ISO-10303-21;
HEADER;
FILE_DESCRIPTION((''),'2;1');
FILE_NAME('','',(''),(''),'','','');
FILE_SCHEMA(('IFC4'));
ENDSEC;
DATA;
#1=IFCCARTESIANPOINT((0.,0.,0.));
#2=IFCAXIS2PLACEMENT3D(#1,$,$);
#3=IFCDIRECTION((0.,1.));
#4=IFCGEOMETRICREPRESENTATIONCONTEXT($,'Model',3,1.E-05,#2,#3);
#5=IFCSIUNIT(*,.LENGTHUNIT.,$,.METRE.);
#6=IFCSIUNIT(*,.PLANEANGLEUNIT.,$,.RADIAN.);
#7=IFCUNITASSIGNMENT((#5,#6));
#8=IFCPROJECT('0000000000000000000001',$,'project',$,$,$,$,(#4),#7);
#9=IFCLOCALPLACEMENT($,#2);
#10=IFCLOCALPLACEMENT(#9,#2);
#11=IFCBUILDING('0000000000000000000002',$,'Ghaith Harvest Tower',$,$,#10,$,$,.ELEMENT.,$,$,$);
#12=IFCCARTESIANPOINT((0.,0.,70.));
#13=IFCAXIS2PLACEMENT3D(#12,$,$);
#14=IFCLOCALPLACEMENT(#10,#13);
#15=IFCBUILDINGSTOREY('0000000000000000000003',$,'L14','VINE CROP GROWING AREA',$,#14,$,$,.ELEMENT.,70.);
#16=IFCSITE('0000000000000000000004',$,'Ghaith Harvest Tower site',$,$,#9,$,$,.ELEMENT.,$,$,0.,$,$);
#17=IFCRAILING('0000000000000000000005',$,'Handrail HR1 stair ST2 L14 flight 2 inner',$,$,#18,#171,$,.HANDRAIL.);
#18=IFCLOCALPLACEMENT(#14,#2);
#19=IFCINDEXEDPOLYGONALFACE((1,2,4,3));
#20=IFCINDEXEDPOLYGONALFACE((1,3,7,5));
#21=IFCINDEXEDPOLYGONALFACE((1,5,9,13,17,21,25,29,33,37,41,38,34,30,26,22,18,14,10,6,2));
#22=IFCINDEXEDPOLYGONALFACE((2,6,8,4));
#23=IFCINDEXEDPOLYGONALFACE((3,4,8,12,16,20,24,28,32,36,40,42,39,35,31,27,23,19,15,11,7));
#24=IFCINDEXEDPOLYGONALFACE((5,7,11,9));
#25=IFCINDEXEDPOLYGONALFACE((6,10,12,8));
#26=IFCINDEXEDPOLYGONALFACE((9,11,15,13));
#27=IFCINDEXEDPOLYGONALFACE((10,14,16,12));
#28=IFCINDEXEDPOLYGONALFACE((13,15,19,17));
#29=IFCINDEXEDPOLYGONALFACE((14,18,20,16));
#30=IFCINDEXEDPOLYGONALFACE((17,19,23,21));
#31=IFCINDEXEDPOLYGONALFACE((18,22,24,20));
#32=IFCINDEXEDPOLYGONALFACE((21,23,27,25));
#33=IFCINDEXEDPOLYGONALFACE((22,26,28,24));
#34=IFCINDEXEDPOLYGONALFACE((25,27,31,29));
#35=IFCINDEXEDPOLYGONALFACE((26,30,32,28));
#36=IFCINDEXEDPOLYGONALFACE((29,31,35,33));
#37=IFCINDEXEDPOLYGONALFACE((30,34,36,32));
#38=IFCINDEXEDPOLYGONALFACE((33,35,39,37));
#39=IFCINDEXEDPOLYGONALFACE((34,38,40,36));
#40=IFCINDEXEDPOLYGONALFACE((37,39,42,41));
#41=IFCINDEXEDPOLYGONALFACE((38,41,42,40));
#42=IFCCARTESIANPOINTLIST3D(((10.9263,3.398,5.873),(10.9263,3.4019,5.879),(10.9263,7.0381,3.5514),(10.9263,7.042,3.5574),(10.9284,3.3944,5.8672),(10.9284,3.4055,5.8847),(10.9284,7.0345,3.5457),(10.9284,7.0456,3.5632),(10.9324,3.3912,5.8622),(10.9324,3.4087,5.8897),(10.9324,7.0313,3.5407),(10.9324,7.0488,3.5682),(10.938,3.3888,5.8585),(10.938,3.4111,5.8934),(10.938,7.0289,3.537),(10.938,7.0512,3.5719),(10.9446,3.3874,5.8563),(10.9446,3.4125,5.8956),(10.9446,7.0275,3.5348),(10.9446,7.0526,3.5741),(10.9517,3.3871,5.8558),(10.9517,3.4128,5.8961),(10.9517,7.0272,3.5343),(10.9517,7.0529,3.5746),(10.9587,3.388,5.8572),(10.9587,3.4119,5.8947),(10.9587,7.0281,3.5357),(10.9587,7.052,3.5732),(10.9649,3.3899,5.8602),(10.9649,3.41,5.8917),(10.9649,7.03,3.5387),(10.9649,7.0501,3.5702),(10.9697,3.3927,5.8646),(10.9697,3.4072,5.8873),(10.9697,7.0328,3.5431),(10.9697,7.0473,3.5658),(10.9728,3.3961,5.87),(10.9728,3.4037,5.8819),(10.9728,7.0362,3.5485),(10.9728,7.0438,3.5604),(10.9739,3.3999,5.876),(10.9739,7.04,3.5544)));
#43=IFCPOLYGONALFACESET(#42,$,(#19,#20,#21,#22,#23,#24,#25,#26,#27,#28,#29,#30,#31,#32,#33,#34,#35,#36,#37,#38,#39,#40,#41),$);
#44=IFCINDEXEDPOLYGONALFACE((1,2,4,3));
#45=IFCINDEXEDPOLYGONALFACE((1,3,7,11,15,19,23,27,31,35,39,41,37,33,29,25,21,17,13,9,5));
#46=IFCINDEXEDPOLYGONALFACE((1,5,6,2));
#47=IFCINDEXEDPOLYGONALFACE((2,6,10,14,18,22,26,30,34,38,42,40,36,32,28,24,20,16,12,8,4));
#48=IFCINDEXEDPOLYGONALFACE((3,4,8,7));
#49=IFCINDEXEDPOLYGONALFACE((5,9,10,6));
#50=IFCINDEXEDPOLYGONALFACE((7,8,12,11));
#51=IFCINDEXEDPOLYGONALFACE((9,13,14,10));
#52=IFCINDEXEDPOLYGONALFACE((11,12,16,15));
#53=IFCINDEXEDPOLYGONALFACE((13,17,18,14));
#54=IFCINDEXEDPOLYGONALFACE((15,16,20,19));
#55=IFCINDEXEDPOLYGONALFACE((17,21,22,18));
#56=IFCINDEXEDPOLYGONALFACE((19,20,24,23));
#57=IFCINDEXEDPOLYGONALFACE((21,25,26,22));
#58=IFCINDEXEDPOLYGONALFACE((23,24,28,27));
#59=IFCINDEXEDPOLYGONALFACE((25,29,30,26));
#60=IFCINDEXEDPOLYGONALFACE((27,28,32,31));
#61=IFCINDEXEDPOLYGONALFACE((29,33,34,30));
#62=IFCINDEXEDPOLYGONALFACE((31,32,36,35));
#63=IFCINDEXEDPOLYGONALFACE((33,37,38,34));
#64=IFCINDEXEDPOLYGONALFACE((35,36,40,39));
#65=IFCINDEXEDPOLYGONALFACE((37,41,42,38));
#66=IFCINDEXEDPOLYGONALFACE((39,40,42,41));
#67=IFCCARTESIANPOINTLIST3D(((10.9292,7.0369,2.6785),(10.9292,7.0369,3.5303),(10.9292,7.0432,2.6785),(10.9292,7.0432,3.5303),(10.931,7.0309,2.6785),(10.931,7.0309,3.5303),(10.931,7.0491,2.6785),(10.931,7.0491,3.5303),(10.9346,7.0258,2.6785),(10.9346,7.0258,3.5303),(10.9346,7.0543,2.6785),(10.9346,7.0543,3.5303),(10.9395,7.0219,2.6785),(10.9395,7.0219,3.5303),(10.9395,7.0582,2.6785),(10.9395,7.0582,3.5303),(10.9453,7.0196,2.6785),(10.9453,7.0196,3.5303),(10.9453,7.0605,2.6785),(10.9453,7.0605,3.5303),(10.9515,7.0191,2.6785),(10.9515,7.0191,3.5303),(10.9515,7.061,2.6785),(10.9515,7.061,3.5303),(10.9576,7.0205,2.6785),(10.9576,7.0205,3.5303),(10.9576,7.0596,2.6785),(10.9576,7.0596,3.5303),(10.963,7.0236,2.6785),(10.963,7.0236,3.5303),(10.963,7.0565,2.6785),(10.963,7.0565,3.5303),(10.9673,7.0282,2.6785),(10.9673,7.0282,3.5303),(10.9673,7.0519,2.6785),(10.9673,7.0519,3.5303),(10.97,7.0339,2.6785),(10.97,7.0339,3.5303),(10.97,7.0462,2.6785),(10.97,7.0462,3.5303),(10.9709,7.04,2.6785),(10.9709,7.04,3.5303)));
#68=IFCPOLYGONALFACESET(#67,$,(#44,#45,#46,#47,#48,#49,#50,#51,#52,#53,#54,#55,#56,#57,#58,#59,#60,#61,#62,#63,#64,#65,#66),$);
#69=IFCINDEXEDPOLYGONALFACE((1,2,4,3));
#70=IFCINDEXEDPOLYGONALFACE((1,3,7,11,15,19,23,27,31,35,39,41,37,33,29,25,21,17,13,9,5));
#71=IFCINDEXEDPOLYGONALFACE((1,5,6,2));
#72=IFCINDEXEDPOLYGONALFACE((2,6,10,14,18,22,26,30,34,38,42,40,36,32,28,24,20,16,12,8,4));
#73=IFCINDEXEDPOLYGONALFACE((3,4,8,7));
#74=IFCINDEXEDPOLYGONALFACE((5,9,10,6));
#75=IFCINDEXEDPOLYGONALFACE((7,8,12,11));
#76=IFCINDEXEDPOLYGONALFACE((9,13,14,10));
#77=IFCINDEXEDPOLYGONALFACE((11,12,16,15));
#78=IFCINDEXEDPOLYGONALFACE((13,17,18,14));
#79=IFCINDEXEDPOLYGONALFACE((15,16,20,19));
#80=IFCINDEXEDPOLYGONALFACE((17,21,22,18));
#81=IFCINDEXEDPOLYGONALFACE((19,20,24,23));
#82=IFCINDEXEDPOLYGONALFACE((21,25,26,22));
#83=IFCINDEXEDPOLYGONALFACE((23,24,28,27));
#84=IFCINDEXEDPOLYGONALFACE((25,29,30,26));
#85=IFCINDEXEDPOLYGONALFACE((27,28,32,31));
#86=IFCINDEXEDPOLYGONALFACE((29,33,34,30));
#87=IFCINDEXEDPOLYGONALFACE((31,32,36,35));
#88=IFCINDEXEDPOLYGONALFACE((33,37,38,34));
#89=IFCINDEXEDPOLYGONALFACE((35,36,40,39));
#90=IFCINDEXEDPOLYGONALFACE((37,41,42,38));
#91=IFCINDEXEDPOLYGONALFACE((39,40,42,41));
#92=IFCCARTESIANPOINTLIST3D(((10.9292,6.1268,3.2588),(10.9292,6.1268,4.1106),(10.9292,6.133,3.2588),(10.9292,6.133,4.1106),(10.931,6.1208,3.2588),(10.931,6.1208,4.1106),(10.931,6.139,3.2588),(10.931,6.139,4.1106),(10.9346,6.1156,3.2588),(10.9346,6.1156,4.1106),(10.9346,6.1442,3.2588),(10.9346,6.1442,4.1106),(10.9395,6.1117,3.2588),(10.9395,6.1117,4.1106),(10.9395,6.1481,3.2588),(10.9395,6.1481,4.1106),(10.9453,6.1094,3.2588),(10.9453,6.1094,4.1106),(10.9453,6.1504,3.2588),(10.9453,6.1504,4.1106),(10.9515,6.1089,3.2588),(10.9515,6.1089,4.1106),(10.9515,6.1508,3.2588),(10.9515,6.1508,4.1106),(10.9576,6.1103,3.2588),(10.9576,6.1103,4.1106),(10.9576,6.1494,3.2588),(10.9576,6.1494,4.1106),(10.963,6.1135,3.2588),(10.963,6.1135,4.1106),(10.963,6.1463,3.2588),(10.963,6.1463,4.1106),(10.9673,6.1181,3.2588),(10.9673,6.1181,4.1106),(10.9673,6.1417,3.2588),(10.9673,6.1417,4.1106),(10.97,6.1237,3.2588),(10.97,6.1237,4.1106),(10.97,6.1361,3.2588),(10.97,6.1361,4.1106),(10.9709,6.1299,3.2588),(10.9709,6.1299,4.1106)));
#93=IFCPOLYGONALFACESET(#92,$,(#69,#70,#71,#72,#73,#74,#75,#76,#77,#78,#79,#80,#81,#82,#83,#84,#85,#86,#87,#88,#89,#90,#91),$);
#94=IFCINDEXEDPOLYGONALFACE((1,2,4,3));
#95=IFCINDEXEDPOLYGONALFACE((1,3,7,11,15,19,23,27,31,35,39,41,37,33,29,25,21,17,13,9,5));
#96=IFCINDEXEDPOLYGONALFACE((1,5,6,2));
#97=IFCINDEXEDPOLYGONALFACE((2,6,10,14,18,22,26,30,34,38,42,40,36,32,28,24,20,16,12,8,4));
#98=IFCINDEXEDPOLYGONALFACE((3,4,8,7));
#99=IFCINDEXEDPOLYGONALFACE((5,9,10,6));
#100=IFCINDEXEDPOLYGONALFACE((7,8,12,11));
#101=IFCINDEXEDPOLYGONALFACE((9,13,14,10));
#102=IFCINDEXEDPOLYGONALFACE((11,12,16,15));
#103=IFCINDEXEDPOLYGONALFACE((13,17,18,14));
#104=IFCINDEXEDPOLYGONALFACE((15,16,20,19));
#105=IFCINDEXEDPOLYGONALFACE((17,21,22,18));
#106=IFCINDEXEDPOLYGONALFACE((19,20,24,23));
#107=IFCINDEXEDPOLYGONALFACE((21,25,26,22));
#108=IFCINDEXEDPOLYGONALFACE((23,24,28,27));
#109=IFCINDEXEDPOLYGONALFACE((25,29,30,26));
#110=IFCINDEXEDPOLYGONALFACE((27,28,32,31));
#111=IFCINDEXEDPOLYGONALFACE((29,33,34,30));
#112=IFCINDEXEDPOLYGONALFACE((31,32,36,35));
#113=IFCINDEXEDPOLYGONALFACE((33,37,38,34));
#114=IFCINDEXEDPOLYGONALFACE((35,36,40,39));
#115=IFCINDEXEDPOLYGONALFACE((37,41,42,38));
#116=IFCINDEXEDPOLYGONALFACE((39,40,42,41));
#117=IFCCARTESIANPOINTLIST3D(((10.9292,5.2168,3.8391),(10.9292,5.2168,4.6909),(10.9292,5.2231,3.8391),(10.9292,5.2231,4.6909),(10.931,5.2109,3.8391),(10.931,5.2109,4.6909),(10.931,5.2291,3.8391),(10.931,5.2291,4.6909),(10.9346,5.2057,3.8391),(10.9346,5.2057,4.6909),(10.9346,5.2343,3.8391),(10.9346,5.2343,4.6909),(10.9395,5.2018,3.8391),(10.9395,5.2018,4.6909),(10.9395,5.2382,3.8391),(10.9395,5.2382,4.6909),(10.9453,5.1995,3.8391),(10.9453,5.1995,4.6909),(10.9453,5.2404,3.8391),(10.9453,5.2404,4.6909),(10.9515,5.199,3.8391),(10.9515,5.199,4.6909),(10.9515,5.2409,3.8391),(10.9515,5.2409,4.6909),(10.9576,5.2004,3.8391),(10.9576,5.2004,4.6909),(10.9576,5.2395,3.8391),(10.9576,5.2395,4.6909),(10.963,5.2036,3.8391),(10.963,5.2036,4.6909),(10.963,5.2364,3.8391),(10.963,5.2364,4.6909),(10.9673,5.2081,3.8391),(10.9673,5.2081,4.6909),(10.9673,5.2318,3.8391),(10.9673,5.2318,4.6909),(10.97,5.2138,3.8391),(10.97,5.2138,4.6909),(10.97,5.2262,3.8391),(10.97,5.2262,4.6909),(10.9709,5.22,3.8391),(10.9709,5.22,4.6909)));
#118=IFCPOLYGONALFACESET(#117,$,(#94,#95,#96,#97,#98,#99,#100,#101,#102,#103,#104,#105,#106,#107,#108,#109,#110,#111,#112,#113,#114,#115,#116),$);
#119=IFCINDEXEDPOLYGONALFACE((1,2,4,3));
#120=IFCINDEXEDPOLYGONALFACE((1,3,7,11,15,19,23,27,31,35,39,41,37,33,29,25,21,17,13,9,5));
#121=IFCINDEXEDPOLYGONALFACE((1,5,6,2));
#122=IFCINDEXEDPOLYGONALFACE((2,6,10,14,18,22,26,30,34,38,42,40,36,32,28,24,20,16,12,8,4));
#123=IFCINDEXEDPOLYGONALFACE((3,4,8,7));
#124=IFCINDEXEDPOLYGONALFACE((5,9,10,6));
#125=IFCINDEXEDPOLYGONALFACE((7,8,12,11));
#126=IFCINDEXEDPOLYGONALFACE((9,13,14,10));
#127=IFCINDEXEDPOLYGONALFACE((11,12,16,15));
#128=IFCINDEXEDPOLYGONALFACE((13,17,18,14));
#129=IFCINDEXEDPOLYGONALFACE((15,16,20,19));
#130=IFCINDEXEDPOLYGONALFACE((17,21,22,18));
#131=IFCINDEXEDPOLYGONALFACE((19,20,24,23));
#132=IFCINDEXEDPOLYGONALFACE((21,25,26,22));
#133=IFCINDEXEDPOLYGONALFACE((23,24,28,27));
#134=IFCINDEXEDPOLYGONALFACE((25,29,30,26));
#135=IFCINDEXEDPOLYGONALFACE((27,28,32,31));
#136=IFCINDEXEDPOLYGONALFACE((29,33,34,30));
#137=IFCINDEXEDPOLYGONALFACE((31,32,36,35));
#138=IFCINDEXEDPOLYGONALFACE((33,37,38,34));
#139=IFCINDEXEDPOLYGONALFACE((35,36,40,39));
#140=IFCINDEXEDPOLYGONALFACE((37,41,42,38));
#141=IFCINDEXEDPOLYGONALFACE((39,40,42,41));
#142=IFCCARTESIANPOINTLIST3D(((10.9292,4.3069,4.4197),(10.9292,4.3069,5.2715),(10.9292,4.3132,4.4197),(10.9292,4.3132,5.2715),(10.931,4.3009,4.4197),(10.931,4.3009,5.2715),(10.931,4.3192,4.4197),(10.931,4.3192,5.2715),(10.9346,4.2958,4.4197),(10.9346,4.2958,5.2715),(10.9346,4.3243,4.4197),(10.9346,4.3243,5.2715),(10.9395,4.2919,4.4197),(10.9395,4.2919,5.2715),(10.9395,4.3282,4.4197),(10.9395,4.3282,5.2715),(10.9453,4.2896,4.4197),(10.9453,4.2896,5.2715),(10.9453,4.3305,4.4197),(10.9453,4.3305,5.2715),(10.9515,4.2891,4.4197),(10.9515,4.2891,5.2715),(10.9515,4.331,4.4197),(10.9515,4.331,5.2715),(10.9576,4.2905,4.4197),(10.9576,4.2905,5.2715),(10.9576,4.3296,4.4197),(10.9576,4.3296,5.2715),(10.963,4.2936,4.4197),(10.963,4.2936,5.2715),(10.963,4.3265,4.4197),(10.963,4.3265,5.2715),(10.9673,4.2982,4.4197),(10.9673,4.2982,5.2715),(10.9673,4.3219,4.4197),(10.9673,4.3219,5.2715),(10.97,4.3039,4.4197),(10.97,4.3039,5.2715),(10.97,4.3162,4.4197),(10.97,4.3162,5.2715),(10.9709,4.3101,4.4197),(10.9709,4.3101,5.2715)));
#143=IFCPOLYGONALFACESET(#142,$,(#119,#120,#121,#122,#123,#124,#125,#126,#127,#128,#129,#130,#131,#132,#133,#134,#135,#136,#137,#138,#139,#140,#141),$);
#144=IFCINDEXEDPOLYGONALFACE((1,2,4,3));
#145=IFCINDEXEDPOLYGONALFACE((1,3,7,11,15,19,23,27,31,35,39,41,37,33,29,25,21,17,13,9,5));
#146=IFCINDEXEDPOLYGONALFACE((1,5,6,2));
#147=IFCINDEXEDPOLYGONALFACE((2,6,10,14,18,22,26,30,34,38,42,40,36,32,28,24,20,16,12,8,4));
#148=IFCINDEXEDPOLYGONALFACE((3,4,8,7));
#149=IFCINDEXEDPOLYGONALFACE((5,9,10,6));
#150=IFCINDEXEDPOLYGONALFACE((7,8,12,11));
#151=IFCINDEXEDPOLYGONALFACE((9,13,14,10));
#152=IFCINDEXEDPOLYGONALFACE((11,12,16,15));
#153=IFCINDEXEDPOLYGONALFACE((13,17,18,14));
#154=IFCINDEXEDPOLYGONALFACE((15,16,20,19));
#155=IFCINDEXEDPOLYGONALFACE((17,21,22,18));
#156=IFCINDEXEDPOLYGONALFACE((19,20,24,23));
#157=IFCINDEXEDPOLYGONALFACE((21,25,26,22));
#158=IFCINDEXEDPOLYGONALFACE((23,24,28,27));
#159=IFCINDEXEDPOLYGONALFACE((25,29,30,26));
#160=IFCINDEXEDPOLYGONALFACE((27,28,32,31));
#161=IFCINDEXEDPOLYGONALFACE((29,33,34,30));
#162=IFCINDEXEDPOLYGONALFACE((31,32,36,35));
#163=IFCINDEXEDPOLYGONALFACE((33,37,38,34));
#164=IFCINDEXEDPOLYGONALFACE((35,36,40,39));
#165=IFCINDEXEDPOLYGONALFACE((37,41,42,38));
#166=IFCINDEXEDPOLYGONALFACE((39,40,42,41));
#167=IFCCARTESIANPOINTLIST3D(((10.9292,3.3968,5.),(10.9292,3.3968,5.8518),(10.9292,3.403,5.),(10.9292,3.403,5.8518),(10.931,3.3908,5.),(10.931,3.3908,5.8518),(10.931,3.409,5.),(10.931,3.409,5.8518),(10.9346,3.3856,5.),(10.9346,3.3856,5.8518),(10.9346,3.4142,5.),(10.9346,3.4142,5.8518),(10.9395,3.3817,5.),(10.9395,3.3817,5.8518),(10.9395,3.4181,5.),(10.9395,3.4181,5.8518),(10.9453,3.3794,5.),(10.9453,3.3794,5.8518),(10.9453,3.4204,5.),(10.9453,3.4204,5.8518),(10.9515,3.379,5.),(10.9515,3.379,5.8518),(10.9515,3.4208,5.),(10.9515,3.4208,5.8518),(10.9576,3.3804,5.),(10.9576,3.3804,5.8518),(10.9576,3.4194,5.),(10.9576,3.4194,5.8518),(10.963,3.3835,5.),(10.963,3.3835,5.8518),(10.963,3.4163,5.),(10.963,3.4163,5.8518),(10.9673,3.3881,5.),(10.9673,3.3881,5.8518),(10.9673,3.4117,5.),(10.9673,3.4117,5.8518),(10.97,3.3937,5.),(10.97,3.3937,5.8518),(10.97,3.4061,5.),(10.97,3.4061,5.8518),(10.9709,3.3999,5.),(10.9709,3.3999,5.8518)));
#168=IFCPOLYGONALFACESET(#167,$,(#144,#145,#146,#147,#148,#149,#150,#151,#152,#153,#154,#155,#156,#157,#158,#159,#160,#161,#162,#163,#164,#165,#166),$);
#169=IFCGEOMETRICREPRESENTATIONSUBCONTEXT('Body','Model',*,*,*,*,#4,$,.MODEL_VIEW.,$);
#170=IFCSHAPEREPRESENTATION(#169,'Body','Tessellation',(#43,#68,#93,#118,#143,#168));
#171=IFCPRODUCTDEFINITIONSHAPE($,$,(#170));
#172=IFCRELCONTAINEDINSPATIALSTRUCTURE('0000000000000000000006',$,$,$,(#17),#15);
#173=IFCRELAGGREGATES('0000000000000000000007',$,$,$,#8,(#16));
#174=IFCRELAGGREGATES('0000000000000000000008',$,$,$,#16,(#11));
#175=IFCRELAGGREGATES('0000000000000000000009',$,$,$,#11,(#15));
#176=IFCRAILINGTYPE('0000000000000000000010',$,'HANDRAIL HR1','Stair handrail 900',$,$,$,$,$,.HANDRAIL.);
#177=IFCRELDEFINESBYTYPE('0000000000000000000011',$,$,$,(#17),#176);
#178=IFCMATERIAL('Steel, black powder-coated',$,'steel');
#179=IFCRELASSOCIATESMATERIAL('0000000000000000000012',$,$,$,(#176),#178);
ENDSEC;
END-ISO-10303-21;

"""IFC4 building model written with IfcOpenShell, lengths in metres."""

from ifc_helpers import new_model, si_unit, direction, frame, origin, origin_2d, place, context, subcontext, project, spatial, circle, extrude, material, type_object, element, save


model = new_model("IFC4")

# Units and contexts
model_context = context("Model", 3, precision=1e-05, world=origin(), true_north=direction((0.0, 1.0)))
body_context = subcontext(model_context, "Body", "Model", "MODEL_VIEW")
ifc_project = project(units=[si_unit("LENGTHUNIT", "METRE"), si_unit("PLANEANGLEUNIT", "RADIAN")], contexts=[model_context])

# Site, building, storey
site_placement = place(None, origin())
site = spatial("IfcSite", under=ifc_project, at=site_placement, Name="Ghaith Harvest Tower site", CompositionType="ELEMENT", RefElevation=0.0)
building_placement = place(site_placement, origin())
building = spatial("IfcBuilding", under=site, at=building_placement, Name="Ghaith Harvest Tower", CompositionType="ELEMENT")
storey_placement = place(building_placement, frame((0.0, 0.0, 70.0)))
storey = spatial("IfcBuildingStorey", under=building, at=storey_placement, Name="L14", Description="VINE CROP GROWING AREA", CompositionType="ELEMENT", Elevation=70.0)

# Railing
ifc_material_1 = material(Name="Steel, black powder-coated", Category="steel")
railing_type = type_object("IfcRailingType", Name="HANDRAIL HR1", Description="Stair handrail 900", PredefinedType="HANDRAIL", material=ifc_material_1)
railing_1_placement = place(storey_placement, frame((10.95, 7.04, 2.6785)))
element("IfcRailing", 1, at=railing_1_placement, inside=storey, type_object=railing_type, Name="Handrail HR1 stair ST2 L14 flight 2 inner", PredefinedType="HANDRAIL", context=body_context, shape_type="SweptSolid", body=[
    extrude(circle(Radius=0.0239, at=origin_2d()), frame((0.0, 0.0, 0.876), z_axis=(0.0, -0.843128, 0.537713), x_axis=(1.0, 0.0, 0.0)), (0.0, 0.0, 1.0), 4.3174),
    extrude(circle(Radius=0.021, at=origin_2d()), origin(), (0.0, 0.0, 1.0), 0.8518),
    extrude(circle(Radius=0.021, at=origin_2d()), frame((0.0, -0.9102, 0.5803)), (0.0, 0.0, 1.0), 0.8518),
    extrude(circle(Radius=0.021, at=origin_2d()), frame((0.0, -1.8201, 1.1606)), (0.0, 0.0, 1.0), 0.8518),
    extrude(circle(Radius=0.021, at=origin_2d()), frame((0.0, -2.73, 1.7412)), (0.0, 0.0, 1.0), 0.8518),
    extrude(circle(Radius=0.021, at=origin_2d()), frame((0.0, -3.6401, 2.3215)), (0.0, 0.0, 1.0), 0.8518),
])

save(model, "model.ifc")
